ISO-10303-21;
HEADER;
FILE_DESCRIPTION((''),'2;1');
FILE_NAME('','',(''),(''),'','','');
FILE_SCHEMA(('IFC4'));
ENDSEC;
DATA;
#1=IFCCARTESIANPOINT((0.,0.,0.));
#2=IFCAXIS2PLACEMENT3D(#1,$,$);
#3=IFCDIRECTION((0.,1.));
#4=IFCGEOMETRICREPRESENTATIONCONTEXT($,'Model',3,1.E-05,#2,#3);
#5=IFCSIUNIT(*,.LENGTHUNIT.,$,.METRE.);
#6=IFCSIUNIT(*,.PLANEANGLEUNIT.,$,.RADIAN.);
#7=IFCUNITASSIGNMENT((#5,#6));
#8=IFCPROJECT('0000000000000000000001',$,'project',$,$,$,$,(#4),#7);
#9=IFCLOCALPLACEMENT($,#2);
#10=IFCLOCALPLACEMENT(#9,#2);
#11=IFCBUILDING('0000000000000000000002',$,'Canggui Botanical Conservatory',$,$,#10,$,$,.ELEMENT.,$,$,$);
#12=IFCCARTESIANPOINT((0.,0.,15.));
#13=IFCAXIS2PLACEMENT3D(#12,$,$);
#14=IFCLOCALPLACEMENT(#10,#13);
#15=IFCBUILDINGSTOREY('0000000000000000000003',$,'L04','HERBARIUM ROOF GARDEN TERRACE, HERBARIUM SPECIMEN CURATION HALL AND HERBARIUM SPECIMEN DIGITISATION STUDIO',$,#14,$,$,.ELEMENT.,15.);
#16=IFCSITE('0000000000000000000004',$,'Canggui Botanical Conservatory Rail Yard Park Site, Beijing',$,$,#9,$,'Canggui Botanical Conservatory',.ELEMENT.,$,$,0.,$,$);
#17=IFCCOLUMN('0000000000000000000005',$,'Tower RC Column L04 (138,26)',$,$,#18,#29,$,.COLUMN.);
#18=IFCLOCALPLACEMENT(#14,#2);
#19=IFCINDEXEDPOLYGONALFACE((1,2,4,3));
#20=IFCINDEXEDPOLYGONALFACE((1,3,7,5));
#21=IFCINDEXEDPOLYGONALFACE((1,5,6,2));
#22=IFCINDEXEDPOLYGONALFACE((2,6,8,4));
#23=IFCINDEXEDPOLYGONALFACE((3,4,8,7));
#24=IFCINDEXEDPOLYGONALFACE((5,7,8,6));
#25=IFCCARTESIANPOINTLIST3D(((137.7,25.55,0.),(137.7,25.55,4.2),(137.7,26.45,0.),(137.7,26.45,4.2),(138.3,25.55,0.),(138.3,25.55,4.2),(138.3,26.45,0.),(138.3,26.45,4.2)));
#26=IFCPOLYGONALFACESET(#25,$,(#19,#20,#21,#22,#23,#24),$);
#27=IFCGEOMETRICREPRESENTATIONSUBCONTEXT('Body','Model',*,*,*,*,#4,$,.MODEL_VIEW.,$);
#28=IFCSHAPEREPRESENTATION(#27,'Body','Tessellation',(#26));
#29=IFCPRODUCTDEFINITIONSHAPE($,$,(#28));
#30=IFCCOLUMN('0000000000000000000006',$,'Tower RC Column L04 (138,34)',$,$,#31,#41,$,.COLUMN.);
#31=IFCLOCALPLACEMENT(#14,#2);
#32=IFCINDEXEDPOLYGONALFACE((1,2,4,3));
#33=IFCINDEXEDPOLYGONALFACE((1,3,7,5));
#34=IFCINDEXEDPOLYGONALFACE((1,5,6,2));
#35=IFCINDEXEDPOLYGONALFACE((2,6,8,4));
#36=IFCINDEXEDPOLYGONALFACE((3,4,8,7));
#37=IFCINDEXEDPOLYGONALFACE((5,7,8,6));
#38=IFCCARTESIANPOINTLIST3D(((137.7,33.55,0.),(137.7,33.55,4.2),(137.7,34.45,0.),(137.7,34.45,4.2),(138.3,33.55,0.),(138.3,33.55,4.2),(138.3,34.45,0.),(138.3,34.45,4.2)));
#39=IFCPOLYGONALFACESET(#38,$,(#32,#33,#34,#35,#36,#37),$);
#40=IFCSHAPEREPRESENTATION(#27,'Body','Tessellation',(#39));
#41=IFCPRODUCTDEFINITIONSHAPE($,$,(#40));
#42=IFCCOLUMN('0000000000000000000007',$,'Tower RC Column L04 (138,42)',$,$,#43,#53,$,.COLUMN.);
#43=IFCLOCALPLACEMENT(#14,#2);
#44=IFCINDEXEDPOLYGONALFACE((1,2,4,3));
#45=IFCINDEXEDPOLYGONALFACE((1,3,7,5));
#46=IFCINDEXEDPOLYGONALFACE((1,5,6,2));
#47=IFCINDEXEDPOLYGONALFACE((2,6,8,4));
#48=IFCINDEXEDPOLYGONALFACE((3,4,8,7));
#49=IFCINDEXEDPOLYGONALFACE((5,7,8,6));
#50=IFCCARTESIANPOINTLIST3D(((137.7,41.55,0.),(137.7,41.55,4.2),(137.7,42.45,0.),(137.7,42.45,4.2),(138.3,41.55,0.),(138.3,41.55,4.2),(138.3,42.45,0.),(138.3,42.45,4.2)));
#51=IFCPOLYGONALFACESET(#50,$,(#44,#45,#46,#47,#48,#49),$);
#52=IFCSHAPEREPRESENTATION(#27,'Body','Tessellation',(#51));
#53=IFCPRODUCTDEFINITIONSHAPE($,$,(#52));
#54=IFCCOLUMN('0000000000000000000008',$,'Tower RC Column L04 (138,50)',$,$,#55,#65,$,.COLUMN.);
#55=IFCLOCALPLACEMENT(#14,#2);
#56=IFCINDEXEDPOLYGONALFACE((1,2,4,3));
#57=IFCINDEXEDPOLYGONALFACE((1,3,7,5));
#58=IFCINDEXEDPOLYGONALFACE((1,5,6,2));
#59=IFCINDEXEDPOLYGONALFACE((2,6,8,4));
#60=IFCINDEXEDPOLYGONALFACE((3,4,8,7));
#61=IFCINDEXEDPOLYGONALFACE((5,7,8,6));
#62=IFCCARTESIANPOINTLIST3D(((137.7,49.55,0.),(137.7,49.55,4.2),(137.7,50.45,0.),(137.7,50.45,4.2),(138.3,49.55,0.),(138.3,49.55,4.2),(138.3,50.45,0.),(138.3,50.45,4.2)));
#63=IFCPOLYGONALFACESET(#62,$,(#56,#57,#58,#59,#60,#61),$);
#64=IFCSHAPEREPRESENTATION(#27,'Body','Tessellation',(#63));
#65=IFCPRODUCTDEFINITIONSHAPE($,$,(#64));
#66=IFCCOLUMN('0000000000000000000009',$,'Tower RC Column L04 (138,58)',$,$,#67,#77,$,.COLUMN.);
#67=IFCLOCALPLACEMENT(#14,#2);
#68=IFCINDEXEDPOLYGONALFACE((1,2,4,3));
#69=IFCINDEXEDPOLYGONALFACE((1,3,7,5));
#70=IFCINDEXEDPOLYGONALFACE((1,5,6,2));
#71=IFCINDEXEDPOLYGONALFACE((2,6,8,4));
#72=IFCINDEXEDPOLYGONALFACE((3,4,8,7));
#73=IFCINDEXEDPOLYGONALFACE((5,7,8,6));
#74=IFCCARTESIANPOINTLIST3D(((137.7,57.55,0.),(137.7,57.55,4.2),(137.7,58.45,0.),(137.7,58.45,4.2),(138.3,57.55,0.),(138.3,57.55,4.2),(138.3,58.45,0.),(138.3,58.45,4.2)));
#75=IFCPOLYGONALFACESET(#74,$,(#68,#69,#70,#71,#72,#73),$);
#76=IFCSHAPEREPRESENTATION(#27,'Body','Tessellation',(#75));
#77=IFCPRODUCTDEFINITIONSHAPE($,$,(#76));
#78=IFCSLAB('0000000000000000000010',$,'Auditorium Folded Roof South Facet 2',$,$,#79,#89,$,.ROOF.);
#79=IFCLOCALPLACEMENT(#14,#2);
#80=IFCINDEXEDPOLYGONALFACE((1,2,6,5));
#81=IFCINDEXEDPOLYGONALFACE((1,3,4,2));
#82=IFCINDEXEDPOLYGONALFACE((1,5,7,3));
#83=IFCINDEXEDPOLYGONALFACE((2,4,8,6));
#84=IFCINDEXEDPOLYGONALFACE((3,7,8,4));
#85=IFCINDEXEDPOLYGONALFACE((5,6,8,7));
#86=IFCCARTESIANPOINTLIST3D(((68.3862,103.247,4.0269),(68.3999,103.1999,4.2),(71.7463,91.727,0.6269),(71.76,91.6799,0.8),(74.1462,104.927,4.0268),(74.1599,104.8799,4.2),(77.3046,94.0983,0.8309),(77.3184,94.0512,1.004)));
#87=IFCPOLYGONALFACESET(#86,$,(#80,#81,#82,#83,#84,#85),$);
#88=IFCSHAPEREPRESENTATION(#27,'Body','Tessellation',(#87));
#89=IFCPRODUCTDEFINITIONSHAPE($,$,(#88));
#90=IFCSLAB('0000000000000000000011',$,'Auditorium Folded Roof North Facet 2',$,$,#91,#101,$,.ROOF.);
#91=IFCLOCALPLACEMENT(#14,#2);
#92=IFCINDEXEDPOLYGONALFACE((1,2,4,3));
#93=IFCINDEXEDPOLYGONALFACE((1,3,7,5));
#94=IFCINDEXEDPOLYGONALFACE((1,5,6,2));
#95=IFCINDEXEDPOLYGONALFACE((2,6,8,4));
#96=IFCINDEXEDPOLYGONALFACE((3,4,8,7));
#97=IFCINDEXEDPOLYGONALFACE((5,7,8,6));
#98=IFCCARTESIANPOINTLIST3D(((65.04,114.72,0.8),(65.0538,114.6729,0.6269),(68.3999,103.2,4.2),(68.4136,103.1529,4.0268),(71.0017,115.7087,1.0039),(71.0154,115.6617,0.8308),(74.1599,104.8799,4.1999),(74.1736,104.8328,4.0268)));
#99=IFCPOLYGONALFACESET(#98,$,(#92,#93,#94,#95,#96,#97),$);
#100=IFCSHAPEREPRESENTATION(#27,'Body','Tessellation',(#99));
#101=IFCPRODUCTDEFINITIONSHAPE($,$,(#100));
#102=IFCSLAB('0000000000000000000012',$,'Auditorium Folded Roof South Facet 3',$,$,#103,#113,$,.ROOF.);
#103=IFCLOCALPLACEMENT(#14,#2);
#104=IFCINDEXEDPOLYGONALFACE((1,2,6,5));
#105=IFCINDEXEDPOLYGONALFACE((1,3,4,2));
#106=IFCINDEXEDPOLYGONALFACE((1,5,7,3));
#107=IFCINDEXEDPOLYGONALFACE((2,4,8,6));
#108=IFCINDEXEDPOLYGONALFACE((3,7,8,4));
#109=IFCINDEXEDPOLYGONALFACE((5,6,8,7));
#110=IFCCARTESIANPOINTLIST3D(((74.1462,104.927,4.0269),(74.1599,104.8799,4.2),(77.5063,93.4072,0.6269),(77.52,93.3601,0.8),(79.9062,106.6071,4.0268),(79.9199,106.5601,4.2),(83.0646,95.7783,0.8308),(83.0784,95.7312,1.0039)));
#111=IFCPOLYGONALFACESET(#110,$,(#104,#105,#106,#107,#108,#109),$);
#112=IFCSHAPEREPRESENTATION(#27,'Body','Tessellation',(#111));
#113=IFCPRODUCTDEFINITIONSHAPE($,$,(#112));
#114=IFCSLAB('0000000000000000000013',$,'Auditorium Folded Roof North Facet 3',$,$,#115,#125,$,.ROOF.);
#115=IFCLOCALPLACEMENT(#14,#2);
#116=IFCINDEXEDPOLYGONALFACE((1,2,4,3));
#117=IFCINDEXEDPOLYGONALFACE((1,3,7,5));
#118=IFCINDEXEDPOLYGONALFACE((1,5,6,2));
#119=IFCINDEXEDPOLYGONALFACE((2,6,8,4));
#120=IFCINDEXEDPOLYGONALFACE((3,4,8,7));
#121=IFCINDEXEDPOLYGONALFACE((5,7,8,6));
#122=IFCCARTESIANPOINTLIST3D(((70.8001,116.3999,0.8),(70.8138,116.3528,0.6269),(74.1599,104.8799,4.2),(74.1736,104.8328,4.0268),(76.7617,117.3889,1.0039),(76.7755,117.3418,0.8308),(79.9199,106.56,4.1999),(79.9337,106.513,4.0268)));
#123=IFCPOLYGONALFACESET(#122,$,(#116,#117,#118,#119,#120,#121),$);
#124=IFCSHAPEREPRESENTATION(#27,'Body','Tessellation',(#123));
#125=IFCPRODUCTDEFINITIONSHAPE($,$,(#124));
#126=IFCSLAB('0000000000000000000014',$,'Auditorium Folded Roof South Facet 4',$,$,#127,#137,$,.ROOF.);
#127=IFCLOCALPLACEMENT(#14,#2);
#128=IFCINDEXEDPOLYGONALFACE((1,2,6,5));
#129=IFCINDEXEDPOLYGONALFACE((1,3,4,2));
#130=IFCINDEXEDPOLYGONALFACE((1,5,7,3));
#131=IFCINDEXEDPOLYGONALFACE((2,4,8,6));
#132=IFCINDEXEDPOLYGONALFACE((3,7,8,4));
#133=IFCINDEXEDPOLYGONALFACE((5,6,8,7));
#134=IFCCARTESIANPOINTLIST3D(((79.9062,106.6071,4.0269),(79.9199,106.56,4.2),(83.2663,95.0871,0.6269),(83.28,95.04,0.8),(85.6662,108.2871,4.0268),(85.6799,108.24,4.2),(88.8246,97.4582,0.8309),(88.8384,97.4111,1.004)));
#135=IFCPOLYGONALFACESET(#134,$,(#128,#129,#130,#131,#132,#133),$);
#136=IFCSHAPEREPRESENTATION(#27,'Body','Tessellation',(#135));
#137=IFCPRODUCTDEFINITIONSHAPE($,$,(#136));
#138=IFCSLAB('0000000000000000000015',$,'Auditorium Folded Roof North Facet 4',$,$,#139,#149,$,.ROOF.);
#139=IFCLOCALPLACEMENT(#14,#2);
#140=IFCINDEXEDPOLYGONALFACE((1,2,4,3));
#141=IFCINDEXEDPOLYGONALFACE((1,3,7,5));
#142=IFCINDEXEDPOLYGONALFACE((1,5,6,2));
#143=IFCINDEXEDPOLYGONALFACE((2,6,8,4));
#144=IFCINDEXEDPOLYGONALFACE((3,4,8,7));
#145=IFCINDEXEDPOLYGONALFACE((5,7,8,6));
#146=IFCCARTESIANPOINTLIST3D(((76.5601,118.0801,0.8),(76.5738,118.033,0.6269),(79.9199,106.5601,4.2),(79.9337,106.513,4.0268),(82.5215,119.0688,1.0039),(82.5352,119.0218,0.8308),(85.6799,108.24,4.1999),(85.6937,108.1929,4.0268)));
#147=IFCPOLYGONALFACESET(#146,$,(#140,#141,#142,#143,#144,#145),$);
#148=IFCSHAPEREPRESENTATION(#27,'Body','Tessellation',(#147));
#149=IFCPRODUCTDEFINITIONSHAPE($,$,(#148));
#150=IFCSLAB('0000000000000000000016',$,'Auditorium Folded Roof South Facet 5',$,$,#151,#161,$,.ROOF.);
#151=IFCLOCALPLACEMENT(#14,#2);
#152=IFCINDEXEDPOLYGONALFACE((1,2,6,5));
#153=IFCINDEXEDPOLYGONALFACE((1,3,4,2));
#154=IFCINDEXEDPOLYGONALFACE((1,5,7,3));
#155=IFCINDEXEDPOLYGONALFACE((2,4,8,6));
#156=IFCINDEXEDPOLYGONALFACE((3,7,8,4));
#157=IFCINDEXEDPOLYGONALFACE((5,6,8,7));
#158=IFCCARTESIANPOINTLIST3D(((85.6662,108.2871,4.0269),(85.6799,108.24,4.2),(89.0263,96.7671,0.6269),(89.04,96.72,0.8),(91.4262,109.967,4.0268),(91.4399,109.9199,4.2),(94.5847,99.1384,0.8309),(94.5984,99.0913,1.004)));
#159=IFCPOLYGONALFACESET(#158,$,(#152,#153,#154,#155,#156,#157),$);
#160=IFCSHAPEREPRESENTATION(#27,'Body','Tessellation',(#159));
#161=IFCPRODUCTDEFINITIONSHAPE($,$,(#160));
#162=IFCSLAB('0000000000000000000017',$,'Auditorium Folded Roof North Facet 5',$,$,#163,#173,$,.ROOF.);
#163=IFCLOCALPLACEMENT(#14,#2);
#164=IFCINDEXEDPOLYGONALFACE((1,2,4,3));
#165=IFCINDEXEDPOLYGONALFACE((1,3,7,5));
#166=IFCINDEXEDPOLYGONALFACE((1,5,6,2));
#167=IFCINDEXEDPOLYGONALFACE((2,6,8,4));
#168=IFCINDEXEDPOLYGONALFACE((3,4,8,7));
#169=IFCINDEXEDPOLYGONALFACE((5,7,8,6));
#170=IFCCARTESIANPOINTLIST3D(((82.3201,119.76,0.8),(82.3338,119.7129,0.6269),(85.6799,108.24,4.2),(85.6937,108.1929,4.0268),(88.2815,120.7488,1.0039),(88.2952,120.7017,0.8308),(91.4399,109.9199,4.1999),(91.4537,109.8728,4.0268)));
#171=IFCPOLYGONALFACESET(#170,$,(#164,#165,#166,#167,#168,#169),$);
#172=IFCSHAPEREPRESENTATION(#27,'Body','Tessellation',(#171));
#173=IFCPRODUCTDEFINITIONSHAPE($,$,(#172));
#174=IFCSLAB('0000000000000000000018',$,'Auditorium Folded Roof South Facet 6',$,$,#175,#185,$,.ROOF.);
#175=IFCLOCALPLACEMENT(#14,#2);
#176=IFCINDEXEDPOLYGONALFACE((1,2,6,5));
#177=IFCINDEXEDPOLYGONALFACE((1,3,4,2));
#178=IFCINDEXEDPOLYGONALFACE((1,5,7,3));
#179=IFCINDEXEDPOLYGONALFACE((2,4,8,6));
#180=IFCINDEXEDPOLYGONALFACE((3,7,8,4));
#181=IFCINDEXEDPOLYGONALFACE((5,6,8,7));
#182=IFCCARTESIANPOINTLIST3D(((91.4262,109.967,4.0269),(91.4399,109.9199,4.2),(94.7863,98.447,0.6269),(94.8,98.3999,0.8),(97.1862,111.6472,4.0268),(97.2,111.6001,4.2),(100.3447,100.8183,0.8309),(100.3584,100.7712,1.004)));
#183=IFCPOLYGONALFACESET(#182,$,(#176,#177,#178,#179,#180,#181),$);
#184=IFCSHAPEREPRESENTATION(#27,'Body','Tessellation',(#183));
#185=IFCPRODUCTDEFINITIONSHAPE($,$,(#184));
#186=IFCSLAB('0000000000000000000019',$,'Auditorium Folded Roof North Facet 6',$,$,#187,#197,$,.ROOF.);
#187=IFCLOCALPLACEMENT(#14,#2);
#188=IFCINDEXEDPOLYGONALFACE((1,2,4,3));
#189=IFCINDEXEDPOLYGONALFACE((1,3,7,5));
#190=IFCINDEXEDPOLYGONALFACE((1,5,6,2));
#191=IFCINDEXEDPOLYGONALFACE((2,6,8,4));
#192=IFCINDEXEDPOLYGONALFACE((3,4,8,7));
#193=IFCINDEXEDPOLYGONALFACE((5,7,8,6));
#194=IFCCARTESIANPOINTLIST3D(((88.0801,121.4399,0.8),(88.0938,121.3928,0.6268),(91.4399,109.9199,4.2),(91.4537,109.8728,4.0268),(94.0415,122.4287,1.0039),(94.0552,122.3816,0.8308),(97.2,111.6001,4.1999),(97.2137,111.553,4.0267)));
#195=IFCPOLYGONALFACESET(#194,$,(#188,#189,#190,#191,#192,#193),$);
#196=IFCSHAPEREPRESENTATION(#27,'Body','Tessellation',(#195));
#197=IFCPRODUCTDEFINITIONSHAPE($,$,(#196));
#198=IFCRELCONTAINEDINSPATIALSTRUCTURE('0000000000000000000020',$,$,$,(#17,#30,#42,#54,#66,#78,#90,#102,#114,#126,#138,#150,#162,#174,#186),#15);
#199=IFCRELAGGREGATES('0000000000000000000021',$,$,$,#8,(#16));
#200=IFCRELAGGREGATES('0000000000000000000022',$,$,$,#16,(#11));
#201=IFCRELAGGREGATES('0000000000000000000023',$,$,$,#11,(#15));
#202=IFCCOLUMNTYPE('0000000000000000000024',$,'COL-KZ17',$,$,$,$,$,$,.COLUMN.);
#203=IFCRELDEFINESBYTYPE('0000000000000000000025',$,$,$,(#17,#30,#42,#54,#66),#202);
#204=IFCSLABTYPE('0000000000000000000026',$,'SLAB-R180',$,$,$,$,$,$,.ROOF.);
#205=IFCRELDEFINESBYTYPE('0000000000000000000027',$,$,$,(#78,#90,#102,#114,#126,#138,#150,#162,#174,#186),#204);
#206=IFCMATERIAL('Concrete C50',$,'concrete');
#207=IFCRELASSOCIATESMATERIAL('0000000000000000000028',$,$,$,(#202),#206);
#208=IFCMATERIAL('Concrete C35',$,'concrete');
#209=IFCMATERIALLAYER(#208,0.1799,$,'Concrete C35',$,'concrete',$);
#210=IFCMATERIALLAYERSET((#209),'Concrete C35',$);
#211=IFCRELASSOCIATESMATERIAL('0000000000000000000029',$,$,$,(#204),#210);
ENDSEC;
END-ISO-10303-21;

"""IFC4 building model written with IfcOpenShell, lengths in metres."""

from ifc_helpers import new_model, si_unit, direction, frame, origin, origin_2d, place, context, subcontext, project, spatial, polyline, rectangle, outline, extrude, material, layer, layer_set, material_profile, profile_set, type_object, element, save


model = new_model("IFC4")

# Units and contexts
model_context = context("Model", 3, precision=1e-05, world=origin(), true_north=direction((0.0, 1.0)))
body_context = subcontext(model_context, "Body", "Model", "MODEL_VIEW")
ifc_project = project(units=[si_unit("LENGTHUNIT", "METRE"), si_unit("PLANEANGLEUNIT", "RADIAN")], contexts=[model_context])

# Site, building, storey
site_placement = place(None, origin())
site = spatial("IfcSite", under=ifc_project, at=site_placement, Name="Canggui Botanical Conservatory Rail Yard Park Site, Beijing", LongName="Canggui Botanical Conservatory", CompositionType="ELEMENT", RefElevation=0.0)
building_placement = place(site_placement, origin())
building = spatial("IfcBuilding", under=site, at=building_placement, Name="Canggui Botanical Conservatory", CompositionType="ELEMENT")
storey_placement = place(building_placement, frame((0.0, 0.0, 15.0)))
storey = spatial("IfcBuildingStorey", under=building, at=storey_placement, Name="L04", Description="HERBARIUM ROOF GARDEN TERRACE, HERBARIUM SPECIMEN CURATION HALL AND HERBARIUM SPECIMEN DIGITISATION STUDIO", CompositionType="ELEMENT", Elevation=15.0)

# Columns
ifc_material_1 = material(Name="Concrete C50", Category="concrete")
ifc_material_profile = material_profile(ifc_material_1, rectangle(XDim=0.6001, YDim=0.8999, at=origin_2d()), Name="RC 600x900")
ifc_profile_set = profile_set([ifc_material_profile], Name="Concrete C50")
column_type = type_object("IfcColumnType", Name="COL-KZ17", PredefinedType="COLUMN", material=ifc_profile_set)
for number, where, z_axis, x_axis, name in (
    (1, (138.0, 26.0, 0.0), (0.0, 0.0, 1.0), (1.0, 0.0, 0.0), "Tower RC Column L04 (138,26)"),
    (2, (138.0, 34.0, 0.0), (0.0, 0.0, 1.0), (1.0, 0.0, 0.0), "Tower RC Column L04 (138,34)"),
    (3, (138.0, 42.0, 0.0), (0.0, 0.0, 1.0), (1.0, 0.0, 0.0), "Tower RC Column L04 (138,42)"),
    (4, (138.0, 50.0, 0.0), (0.0, 0.0, 1.0), (1.0, 0.0, 0.0), "Tower RC Column L04 (138,50)"),
    (5, (138.0, 58.0, 0.0), (0.0, 0.0, 1.0), (1.0, 0.0, 0.0), "Tower RC Column L04 (138,58)"),
):
    element("IfcColumn", number, at=place(storey_placement, frame(where, z_axis=z_axis, x_axis=x_axis)), inside=storey, type_object=column_type, Name=name, PredefinedType="COLUMN", context=body_context, shape_type="SweptSolid", body=[
        extrude(rectangle(XDim=0.6001, YDim=0.8999, at=origin_2d()), origin(), (0.0, 0.0, 1.0), 4.2),
    ])

# Slabs
ifc_material_2 = material(Name="Concrete C35", Category="concrete")
ifc_layer_1 = layer(ifc_material_2, 0.1799, Name="Concrete C35", Category="concrete")
ifc_layer_set_1 = layer_set([ifc_layer_1], Name="Concrete C35")
slab_type = type_object("IfcSlabType", Name="SLAB-R180", PredefinedType="ROOF", material=ifc_layer_set_1)
slab_1_placement = place(storey_placement, frame((71.76, 91.6799, 0.8), z_axis=(0.076341, -0.261694, 0.962127), x_axis=(0.91927, 0.39218, 0.033731)))
element("IfcSlab", 6, at=slab_1_placement, inside=storey, type_object=slab_type, Name="Auditorium Folded Roof South Facet 2", PredefinedType="ROOF", context=body_context, shape_type="SweptSolid", body=[
    extrude(outline(polyline([(0.0, 0.0), (6.0465, 0.0), (7.4976, 11.6337), (1.5438, 12.3765), (0.0, 0.0)])), origin(), (0.0, 0.0, -1.0), 0.1799),
])
slab_2_placement = place(storey_placement, frame((68.3999, 103.2, 4.2), z_axis=(-0.076315, 0.261701, 0.962127), x_axis=(0.960004, 0.279986, -0.00001)))
element("IfcSlab", 7, at=slab_2_placement, inside=storey, type_object=slab_type, Name="Auditorium Folded Roof North Facet 2", PredefinedType="ROOF", context=body_context, shape_type="SweptSolid", body=[
    extrude(outline(polyline([(0.0, 0.0), (6.0, 0.0), (6.0001, 11.724), (0.0, 12.4723), (0.0, 0.0)])), origin(), (0.0, 0.0, -1.0), 0.1799),
])
slab_3_placement = place(storey_placement, frame((77.52, 93.3601, 0.8), z_axis=(0.076341, -0.261694, 0.962127), x_axis=(0.919284, 0.392149, 0.033721)))
element("IfcSlab", 8, at=slab_3_placement, inside=storey, type_object=slab_type, Name="Auditorium Folded Roof South Facet 3", PredefinedType="ROOF", context=body_context, shape_type="SweptSolid", body=[
    extrude(outline(polyline([(0.0, 0.0), (6.0464, 0.0), (7.4972, 11.634), (1.5432, 12.3763), (0.0, 0.0)])), origin(), (0.0, 0.0, -1.0), 0.1799),
])
slab_4_placement = place(storey_placement, frame((74.1599, 104.8799, 4.2), z_axis=(-0.076325, 0.261698, 0.962127), x_axis=(0.959993, 0.280024, -0.00001)))
element("IfcSlab", 9, at=slab_4_placement, inside=storey, type_object=slab_type, Name="Auditorium Folded Roof North Facet 3", PredefinedType="ROOF", context=body_context, shape_type="SweptSolid", body=[
    extrude(outline(polyline([(0.0, 0.0), (6.0001, 0.0), (6.0006, 11.724), (0.0005, 12.4723), (0.0, 0.0)])), origin(), (0.0, 0.0, -1.0), 0.1799),
])
slab_5_placement = place(storey_placement, frame((83.28, 95.04, 0.8), z_axis=(0.076335, -0.261693, 0.962128), x_axis=(0.919284, 0.392147, 0.033726)))
element("IfcSlab", 10, at=slab_5_placement, inside=storey, type_object=slab_type, Name="Auditorium Folded Roof South Facet 4", PredefinedType="ROOF", context=body_context, shape_type="SweptSolid", body=[
    extrude(outline(polyline([(0.0, 0.0), (6.0464, 0.0), (7.4972, 11.634), (1.5433, 12.3765), (0.0, 0.0)])), origin(), (0.0, 0.0, -1.0), 0.1799),
])
slab_6_placement = place(storey_placement, frame((79.9199, 106.5601, 4.2), z_axis=(-0.076316, 0.261699, 0.962127), x_axis=(0.960004, 0.279987, -0.000009)))
element("IfcSlab", 11, at=slab_6_placement, inside=storey, type_object=slab_type, Name="Auditorium Folded Roof North Facet 4", PredefinedType="ROOF", context=body_context, shape_type="SweptSolid", body=[
    extrude(outline(polyline([(0.0, 0.0), (6.0, 0.0), (5.9998, 11.7241), (0.0, 12.4723), (0.0, 0.0)])), origin(), (0.0, 0.0, -1.0), 0.1799),
])
slab_7_placement = place(storey_placement, frame((89.04, 96.72, 0.8), z_axis=(0.076341, -0.261694, 0.962127), x_axis=(0.91927, 0.39218, 0.033731)))
element("IfcSlab", 12, at=slab_7_placement, inside=storey, type_object=slab_type, Name="Auditorium Folded Roof South Facet 5", PredefinedType="ROOF", context=body_context, shape_type="SweptSolid", body=[
    extrude(outline(polyline([(0.0, 0.0), (6.0465, 0.0), (7.4976, 11.6337), (1.5438, 12.3765), (0.0, 0.0)])), origin(), (0.0, 0.0, -1.0), 0.1799),
])
slab_8_placement = place(storey_placement, frame((85.6799, 108.24, 4.2), z_axis=(-0.076316, 0.261699, 0.962127), x_axis=(0.960004, 0.279987, -0.000009)))
element("IfcSlab", 13, at=slab_8_placement, inside=storey, type_object=slab_type, Name="Auditorium Folded Roof North Facet 5", PredefinedType="ROOF", context=body_context, shape_type="SweptSolid", body=[
    extrude(outline(polyline([(0.0, 0.0), (6.0, 0.0), (5.9998, 11.7241), (0.0, 12.4723), (0.0, 0.0)])), origin(), (0.0, 0.0, -1.0), 0.1799),
])
slab_9_placement = place(storey_placement, frame((94.8, 98.3999, 0.8), z_axis=(0.076345, -0.26169, 0.962128), x_axis=(0.919269, 0.392181, 0.033725)))
element("IfcSlab", 14, at=slab_9_placement, inside=storey, type_object=slab_type, Name="Auditorium Folded Roof South Facet 6", PredefinedType="ROOF", context=body_context, shape_type="SweptSolid", body=[
    extrude(outline(polyline([(0.0, 0.0), (6.0465, 0.0), (7.4977, 11.6339), (1.5438, 12.3765), (0.0, 0.0)])), origin(), (0.0, 0.0, -1.0), 0.1799),
])
slab_10_placement = place(storey_placement, frame((91.4399, 109.9199, 4.2), z_axis=(-0.076322, 0.2617, 0.962127), x_axis=(0.959993, 0.280023, -0.000014)))
element("IfcSlab", 15, at=slab_10_placement, inside=storey, type_object=slab_type, Name="Auditorium Folded Roof North Facet 6", PredefinedType="ROOF", context=body_context, shape_type="SweptSolid", body=[
    extrude(outline(polyline([(0.0, 0.0), (6.0001, 0.0), (6.0003, 11.7239), (0.0005, 12.4723), (0.0, 0.0)])), origin(), (0.0, 0.0, -1.0), 0.1799),
])

save(model, "model.ifc")
